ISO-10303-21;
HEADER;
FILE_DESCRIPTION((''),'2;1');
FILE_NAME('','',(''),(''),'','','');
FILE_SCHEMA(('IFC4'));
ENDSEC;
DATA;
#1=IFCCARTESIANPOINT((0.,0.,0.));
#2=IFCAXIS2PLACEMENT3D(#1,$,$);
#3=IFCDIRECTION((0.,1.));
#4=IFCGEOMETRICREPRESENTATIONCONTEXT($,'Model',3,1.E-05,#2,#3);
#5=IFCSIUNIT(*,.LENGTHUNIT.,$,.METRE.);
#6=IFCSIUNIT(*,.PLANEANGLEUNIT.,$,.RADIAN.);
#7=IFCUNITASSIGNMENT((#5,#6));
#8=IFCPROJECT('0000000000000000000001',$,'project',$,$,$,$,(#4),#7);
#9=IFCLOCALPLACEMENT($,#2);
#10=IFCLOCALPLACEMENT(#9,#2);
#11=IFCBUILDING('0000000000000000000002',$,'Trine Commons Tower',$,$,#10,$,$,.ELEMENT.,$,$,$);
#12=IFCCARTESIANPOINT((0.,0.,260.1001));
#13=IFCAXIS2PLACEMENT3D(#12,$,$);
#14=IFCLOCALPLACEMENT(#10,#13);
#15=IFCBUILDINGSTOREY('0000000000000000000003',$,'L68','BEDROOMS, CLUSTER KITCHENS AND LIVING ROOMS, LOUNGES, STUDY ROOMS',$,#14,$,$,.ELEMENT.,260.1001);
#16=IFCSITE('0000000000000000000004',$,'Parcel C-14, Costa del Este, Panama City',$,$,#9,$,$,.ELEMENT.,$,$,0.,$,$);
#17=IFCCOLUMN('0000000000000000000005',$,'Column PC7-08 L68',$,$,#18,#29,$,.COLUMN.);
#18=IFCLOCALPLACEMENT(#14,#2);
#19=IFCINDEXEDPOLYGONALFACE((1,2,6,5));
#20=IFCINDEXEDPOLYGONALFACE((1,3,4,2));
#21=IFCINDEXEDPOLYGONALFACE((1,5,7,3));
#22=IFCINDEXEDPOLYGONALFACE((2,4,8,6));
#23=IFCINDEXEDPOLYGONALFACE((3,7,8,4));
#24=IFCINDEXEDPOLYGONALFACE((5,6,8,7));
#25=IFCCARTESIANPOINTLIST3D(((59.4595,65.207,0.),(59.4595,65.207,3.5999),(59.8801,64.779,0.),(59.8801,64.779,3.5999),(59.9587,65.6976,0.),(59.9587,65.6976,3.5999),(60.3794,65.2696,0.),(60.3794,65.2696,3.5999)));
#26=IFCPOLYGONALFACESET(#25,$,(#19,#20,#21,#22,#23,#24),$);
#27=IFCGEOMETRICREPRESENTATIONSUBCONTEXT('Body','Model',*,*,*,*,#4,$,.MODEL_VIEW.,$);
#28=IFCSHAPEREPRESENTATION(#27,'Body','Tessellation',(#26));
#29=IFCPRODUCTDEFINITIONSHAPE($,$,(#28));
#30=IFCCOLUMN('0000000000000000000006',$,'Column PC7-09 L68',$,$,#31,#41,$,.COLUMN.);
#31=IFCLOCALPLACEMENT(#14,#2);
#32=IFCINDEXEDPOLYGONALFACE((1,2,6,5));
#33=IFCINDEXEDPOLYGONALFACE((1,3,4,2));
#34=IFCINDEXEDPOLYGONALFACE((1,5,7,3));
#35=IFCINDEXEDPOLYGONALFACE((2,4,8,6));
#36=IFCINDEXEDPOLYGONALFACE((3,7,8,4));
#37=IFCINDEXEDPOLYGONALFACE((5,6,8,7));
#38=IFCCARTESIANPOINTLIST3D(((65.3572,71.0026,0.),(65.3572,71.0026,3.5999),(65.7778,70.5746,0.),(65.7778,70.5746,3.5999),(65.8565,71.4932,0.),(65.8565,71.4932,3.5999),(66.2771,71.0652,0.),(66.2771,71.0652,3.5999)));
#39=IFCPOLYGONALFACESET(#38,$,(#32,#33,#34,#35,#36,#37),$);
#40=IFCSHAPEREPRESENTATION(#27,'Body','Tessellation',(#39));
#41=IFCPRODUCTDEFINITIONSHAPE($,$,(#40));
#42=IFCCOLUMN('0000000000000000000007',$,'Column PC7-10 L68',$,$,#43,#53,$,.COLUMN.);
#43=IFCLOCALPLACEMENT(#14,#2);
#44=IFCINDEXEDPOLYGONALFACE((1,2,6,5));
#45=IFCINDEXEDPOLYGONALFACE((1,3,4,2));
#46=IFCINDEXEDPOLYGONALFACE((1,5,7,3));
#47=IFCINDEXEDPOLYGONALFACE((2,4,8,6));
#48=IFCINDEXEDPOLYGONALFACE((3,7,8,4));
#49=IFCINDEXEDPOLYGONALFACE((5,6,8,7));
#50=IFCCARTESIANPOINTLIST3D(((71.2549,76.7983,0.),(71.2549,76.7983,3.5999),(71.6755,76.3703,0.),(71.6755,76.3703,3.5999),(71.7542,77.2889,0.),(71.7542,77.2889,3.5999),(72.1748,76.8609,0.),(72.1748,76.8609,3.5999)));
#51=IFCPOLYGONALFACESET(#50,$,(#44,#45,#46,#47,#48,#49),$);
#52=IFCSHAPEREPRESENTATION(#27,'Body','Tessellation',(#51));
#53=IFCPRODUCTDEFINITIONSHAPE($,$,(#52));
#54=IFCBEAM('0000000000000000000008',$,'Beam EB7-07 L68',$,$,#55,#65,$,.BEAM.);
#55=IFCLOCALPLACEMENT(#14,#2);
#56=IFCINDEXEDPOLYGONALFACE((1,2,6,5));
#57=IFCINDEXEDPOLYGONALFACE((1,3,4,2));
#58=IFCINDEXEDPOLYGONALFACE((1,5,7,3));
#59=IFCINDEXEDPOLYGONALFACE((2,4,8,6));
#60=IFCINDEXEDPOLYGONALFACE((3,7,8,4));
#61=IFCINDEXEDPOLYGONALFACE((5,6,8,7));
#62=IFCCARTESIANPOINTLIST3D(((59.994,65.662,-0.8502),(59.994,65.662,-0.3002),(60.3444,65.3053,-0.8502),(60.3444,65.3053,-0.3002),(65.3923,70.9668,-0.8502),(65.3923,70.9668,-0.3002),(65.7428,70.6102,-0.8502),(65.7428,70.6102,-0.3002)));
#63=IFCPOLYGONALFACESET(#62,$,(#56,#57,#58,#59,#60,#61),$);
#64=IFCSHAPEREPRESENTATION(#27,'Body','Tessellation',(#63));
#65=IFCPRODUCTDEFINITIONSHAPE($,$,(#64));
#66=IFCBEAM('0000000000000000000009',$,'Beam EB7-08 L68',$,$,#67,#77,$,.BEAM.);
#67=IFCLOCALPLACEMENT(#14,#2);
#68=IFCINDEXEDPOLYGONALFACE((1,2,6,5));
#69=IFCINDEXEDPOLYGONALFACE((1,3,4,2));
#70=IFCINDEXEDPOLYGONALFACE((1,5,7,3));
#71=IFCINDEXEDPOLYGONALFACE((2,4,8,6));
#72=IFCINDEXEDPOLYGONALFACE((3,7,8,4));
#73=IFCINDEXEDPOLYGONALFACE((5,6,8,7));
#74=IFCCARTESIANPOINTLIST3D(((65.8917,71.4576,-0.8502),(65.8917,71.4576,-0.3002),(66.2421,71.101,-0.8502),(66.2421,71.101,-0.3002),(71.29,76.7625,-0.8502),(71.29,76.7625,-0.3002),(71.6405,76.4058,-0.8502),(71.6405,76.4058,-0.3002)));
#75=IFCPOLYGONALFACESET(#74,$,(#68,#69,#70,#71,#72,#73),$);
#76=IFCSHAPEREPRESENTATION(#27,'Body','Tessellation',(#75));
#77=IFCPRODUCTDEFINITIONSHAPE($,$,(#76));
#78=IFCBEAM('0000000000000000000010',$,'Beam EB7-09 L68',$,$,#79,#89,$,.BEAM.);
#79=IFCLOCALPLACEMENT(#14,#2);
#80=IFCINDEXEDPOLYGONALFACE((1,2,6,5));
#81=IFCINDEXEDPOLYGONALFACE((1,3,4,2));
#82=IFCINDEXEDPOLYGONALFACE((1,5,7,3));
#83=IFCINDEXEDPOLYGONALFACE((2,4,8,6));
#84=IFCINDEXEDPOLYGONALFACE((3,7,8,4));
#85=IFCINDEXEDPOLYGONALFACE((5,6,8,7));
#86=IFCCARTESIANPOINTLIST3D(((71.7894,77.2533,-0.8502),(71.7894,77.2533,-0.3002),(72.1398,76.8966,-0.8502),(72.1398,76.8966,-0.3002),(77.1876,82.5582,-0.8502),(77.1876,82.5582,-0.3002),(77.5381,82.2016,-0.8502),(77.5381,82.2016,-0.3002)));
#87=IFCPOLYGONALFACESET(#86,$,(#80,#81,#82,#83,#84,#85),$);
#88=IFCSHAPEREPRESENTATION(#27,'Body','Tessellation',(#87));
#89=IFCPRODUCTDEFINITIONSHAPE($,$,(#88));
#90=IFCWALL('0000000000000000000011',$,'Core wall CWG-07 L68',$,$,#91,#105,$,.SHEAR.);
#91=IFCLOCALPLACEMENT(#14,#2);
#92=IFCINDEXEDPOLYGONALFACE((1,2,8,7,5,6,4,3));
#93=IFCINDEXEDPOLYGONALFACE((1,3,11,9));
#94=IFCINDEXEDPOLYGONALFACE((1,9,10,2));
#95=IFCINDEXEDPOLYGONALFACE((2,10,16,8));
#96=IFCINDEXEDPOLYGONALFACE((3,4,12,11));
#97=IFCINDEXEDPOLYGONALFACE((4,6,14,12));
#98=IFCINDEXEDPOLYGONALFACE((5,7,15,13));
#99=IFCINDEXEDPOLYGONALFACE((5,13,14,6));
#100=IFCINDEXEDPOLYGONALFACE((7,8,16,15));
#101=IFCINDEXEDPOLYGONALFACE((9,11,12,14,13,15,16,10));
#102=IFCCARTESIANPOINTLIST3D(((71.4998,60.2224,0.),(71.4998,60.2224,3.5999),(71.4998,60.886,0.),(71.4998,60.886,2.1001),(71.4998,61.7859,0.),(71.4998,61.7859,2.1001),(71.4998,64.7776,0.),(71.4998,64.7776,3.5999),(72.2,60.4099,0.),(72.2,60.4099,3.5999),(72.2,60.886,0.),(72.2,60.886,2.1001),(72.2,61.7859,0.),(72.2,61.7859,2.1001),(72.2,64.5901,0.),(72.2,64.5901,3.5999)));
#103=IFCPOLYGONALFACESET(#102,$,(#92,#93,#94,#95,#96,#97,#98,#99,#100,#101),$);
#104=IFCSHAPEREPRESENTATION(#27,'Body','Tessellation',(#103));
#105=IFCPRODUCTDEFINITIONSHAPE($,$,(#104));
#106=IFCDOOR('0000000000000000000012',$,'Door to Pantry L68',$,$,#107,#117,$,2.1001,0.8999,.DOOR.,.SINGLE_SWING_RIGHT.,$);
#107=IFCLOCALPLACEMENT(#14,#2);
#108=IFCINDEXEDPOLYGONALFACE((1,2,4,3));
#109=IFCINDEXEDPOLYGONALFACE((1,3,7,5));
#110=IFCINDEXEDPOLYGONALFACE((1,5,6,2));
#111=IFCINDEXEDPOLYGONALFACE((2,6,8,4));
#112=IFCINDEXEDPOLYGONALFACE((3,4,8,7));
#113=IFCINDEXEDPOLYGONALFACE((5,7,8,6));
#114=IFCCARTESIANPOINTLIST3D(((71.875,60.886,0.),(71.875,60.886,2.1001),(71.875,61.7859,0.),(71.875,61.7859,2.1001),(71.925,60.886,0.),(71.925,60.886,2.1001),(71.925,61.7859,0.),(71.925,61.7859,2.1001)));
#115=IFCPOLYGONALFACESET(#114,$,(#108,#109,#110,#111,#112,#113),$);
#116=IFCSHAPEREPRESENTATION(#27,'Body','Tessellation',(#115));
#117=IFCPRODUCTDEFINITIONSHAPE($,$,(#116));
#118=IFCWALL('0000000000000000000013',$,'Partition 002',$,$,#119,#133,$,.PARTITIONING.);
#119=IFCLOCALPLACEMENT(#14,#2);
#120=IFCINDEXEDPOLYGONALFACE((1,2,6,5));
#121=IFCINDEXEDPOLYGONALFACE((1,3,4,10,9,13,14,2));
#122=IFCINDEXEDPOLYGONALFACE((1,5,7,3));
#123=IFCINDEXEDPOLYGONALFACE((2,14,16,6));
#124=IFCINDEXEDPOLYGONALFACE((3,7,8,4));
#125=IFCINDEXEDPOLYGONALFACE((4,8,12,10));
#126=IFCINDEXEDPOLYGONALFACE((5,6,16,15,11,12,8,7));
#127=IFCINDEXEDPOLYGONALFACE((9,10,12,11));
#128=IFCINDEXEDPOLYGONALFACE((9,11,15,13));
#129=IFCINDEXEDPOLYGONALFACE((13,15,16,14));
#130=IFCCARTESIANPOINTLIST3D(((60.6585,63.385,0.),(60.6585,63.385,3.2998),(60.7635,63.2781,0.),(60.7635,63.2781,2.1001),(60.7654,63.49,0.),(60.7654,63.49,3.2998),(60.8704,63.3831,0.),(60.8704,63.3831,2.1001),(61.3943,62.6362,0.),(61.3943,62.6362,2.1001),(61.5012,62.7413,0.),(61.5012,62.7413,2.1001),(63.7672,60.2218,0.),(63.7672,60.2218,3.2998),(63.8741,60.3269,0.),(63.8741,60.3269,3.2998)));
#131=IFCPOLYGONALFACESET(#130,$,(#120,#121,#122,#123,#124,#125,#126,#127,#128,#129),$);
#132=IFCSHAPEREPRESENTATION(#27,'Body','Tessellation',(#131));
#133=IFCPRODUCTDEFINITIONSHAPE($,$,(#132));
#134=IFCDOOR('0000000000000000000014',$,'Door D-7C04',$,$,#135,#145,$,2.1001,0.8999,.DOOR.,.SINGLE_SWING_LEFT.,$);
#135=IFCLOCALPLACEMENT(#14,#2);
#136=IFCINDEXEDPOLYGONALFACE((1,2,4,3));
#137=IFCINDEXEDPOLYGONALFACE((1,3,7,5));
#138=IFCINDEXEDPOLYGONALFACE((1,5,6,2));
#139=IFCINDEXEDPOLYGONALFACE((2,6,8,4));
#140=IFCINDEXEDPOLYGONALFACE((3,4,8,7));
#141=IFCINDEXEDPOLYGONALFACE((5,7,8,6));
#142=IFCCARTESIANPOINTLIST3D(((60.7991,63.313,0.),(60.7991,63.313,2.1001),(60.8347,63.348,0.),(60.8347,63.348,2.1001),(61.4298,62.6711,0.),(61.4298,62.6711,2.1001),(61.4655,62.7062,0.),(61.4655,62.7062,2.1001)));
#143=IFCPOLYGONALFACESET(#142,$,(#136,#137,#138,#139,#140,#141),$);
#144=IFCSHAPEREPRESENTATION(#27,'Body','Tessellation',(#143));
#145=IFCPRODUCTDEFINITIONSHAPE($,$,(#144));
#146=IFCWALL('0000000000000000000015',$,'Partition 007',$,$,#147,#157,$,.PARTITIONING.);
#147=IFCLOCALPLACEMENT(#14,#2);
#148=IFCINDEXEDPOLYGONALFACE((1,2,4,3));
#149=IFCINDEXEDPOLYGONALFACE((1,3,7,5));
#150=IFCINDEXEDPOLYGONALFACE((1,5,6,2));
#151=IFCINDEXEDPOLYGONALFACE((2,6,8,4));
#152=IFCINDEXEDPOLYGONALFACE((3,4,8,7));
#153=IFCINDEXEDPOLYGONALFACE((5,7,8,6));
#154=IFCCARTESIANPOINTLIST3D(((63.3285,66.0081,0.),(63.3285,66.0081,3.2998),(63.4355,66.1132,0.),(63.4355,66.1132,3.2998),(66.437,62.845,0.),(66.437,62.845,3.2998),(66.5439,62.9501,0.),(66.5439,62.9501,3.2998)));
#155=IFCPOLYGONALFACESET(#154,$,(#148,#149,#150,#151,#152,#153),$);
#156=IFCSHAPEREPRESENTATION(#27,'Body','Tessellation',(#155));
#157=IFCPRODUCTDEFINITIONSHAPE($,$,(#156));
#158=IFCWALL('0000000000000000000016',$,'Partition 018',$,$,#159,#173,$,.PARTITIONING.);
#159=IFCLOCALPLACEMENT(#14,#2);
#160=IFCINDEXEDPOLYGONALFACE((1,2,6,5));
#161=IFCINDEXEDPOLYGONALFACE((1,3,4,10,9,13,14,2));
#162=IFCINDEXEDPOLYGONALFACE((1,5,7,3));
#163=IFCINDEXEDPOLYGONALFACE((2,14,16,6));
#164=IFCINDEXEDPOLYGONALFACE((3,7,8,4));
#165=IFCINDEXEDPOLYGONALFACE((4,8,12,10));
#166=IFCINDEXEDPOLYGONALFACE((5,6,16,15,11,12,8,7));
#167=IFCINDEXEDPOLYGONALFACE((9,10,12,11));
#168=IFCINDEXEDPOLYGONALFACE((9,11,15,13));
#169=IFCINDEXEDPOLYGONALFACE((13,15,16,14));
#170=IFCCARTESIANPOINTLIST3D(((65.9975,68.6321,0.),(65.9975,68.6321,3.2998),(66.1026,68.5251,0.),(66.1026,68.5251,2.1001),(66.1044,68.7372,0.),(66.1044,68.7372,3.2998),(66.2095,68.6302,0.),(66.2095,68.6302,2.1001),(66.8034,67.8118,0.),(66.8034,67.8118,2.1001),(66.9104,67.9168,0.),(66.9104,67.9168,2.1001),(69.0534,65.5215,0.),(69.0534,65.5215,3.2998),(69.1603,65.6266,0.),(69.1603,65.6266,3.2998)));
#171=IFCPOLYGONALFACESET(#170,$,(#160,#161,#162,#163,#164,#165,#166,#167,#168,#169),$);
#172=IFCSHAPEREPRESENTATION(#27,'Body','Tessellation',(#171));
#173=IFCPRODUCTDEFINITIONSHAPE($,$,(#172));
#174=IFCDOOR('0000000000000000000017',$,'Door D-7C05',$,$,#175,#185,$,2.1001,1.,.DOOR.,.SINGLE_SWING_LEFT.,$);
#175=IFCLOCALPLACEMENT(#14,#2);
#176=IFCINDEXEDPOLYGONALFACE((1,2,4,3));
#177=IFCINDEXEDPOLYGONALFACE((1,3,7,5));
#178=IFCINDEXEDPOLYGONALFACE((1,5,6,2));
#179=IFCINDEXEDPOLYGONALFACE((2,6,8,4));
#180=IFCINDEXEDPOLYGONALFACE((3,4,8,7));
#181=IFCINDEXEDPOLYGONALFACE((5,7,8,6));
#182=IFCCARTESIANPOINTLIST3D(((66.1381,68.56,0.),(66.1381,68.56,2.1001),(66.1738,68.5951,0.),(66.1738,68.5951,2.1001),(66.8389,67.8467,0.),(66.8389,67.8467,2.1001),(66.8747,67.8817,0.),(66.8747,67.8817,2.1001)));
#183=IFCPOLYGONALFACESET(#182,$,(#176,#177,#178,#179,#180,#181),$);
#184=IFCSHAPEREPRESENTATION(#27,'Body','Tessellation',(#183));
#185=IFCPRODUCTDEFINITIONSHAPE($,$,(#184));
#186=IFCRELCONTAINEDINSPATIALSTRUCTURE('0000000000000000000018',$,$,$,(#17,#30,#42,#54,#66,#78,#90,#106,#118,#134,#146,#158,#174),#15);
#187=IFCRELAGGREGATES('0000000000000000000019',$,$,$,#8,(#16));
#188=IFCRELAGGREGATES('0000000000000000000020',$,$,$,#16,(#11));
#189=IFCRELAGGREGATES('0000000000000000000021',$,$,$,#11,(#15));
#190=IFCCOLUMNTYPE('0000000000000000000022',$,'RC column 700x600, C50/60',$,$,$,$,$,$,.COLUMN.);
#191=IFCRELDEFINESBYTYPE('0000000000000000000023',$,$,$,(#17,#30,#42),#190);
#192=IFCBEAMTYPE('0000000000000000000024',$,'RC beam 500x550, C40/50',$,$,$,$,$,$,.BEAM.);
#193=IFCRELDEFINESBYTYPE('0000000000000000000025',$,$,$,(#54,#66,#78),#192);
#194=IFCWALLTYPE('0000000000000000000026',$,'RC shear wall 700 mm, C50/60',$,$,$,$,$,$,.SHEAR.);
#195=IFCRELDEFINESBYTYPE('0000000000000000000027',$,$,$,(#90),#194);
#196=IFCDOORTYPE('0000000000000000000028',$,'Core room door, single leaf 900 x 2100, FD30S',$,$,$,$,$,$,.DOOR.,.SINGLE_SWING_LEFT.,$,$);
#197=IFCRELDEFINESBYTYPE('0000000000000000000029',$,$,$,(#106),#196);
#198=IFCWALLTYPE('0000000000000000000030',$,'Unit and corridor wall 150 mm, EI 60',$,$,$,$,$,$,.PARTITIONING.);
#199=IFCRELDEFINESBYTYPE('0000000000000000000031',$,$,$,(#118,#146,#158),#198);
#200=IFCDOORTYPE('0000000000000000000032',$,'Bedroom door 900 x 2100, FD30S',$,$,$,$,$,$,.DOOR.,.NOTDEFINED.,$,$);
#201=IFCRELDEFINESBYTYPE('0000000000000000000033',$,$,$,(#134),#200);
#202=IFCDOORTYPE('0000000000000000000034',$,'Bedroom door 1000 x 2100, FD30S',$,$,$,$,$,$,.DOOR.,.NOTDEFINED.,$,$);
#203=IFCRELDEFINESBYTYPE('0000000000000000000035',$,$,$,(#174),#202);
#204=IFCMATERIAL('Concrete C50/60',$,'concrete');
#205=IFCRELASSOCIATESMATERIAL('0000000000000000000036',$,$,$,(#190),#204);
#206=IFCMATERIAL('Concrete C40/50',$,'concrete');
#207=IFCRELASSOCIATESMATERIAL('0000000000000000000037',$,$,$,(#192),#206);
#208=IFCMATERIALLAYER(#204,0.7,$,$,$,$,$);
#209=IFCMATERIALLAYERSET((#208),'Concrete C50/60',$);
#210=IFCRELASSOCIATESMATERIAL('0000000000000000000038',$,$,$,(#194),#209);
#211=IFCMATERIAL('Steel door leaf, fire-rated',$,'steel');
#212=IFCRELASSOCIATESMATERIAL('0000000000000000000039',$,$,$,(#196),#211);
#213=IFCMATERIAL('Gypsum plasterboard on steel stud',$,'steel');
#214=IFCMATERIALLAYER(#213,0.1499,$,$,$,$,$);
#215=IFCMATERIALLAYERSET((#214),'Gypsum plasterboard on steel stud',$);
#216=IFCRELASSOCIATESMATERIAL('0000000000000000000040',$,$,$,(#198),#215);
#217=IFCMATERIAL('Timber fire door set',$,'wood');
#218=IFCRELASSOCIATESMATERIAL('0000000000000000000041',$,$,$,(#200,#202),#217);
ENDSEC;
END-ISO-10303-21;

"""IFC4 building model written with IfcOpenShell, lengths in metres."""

from ifc_helpers import new_model, si_unit, direction, frame, frame_2d, origin, origin_2d, place, context, subcontext, project, spatial, polyline, rectangle, outline, extrude, material, layer, layer_set, material_profile, profile_set, type_object, element, fill, save


model = new_model("IFC4")

# Units and contexts
model_context = context("Model", 3, precision=1e-05, world=origin(), true_north=direction((0.0, 1.0)))
body_context = subcontext(model_context, "Body", "Model", "MODEL_VIEW")
ifc_project = project(units=[si_unit("LENGTHUNIT", "METRE"), si_unit("PLANEANGLEUNIT", "RADIAN")], contexts=[model_context])

# Site, building, storey
site_placement = place(None, origin())
site = spatial("IfcSite", under=ifc_project, at=site_placement, Name="Parcel C-14, Costa del Este, Panama City", CompositionType="ELEMENT", RefElevation=0.0)
building_placement = place(site_placement, origin())
building = spatial("IfcBuilding", under=site, at=building_placement, Name="Trine Commons Tower", CompositionType="ELEMENT")
storey_placement = place(building_placement, frame((0.0, 0.0, 260.1001)))
storey = spatial("IfcBuildingStorey", under=building, at=storey_placement, Name="L68", Description="BEDROOMS, CLUSTER KITCHENS AND LIVING ROOMS, LOUNGES, STUDY ROOMS", CompositionType="ELEMENT", Elevation=260.1001)

# Columns
ifc_material_1 = material(Name="Concrete C50/60", Category="concrete")
ifc_material_profile_1 = material_profile(ifc_material_1, rectangle(XDim=0.7, YDim=0.6001, at=origin_2d()), Name="RC 700x600")
ifc_profile_set_1 = profile_set([ifc_material_profile_1], Name="Concrete C50/60")
column_type = type_object("IfcColumnType", Name="RC column 700x600, C50/60", PredefinedType="COLUMN", material=ifc_profile_set_1)
for number, where, z_axis, x_axis, name in (
    (1, (59.9194, 65.2383, 0.0), (0.0, 0.0, 1.0), (0.71325, 0.700909, 0.0), "Column PC7-08 L68"),
    (2, (65.8171, 71.0339, 0.0), (0.0, 0.0, 1.0), (0.71325, 0.700909, 0.0), "Column PC7-09 L68"),
    (3, (71.7148, 76.8296, 0.0), (0.0, 0.0, 1.0), (0.71325, 0.700909, 0.0), "Column PC7-10 L68"),
):
    element("IfcColumn", number, at=place(storey_placement, frame(where, z_axis=z_axis, x_axis=x_axis)), inside=storey, type_object=column_type, Name=name, PredefinedType="COLUMN", context=body_context, shape_type="SweptSolid", body=[
        extrude(rectangle(XDim=0.7, YDim=0.6001, at=origin_2d()), origin(), (0.0, 0.0, 1.0), 3.5999),
    ])

# Beams
ifc_material_2 = material(Name="Concrete C40/50", Category="concrete")
ifc_material_profile_2 = material_profile(ifc_material_2, rectangle(XDim=0.5, YDim=0.55, at=origin_2d()), Name="RC 500x550")
ifc_profile_set_2 = profile_set([ifc_material_profile_2], Name="Concrete C40/50")
beam_type = type_object("IfcBeamType", Name="RC beam 500x550, C40/50", PredefinedType="BEAM", material=ifc_profile_set_2)
for number, where, z_axis, x_axis, name in (
    (4, (60.1692, 65.4836, -0.5752), (0.713257, 0.700903, 0.0), (-0.700903, 0.713257, 0.0), "Beam EB7-07 L68"),
    (5, (66.0669, 71.2793, -0.5752), (0.713257, 0.700903, 0.0), (-0.700903, 0.713257, 0.0), "Beam EB7-08 L68"),
    (6, (71.9646, 77.075, -0.5752), (0.713241, 0.700919, 0.0), (-0.700919, 0.713241, 0.0), "Beam EB7-09 L68"),
):
    element("IfcBeam", number, at=place(storey_placement, frame(where, z_axis=z_axis, x_axis=x_axis)), inside=storey, type_object=beam_type, Name=name, PredefinedType="BEAM", context=body_context, shape_type="SweptSolid", body=[
        extrude(rectangle(XDim=0.5, YDim=0.55, at=origin_2d()), origin(), (0.0, 0.0, 1.0), 7.5686),
    ])

# Walls, openings, doors
ifc_layer_1 = layer(ifc_material_1, 0.7)
ifc_layer_set_1 = layer_set([ifc_layer_1], Name="Concrete C50/60")
wall_type_1 = type_object("IfcWallType", Name="RC shear wall 700 mm, C50/60", PredefinedType="SHEAR", material=ifc_layer_set_1)
wall_1_placement = place(storey_placement, frame((71.8499, 64.7776, 0.0), z_axis=(0.0, 0.0, 1.0), x_axis=(0.0, -1.0, 0.0)))
wall_1 = element("IfcWall", 7, at=wall_1_placement, inside=storey, type_object=wall_type_1, Name="Core wall CWG-07 L68", PredefinedType="SHEAR", context=body_context, shape_type="SweptSolid", body=[
    extrude(outline(polyline([(0.0, -0.3501), (4.5552, -0.3501), (4.3677, 0.3501), (0.1875, 0.3501), (0.0, -0.3501)])), origin(), (0.0, 0.0, 1.0), 3.5999),
])
opening_1_placement = place(wall_1_placement, frame((2.9917, 0.0, 0.0)))
opening_1 = element("IfcOpeningElement", 8, at=opening_1_placement, cuts=wall_1, PredefinedType="OPENING", context=body_context, shape_type="SweptSolid", body=[
    extrude(rectangle(XDim=0.8999, YDim=2.1001, at=frame_2d((0.45, 1.05))), frame((0.0, 0.3599, 0.0), z_axis=(0.0, -1.0, 0.0), x_axis=(1.0, 0.0, 0.0)), (0.0, 0.0, 1.0), 0.72),
])
ifc_material_3 = material(Name="Steel door leaf, fire-rated", Category="steel")
door_type_1 = type_object("IfcDoorType", Name="Core room door, single leaf 900 x 2100, FD30S", OperationType="SINGLE_SWING_LEFT", PredefinedType="DOOR", material=ifc_material_3)
door_1_placement = place(opening_1_placement, origin())
door_1 = element("IfcDoor", 9, at=door_1_placement, inside=storey, type_object=door_type_1, Name="Door to Pantry L68", OperationType="SINGLE_SWING_RIGHT", OverallHeight=2.1001, OverallWidth=0.8999, PredefinedType="DOOR", context=body_context, shape_type="SweptSolid", body=[
    extrude(rectangle(XDim=0.8999, YDim=2.1001, at=frame_2d((0.45, 1.05))), frame((0.0, 0.0752, 0.0), z_axis=(0.0, -1.0, 0.0), x_axis=(1.0, 0.0, 0.0)), (0.0, 0.0, 1.0), 0.05),
])
fill(opening_1, door_1)
ifc_material_4 = material(Name="Gypsum plasterboard on steel stud", Category="steel")
ifc_layer_2 = layer(ifc_material_4, 0.1499)
ifc_layer_set_2 = layer_set([ifc_layer_2], Name="Gypsum plasterboard on steel stud")
wall_type_2 = type_object("IfcWallType", Name="Unit and corridor wall 150 mm, EI 60", PredefinedType="PARTITIONING", material=ifc_layer_set_2)
wall_2_placement = place(storey_placement, frame((60.7119, 63.4375, 0.0), z_axis=(0.0, 0.0, 1.0), x_axis=(0.700942, -0.713218, 0.0)))
wall_2 = element("IfcWall", 10, at=wall_2_placement, inside=storey, type_object=wall_type_2, Name="Partition 002", PredefinedType="PARTITIONING", context=body_context, shape_type="SweptSolid", body=[
    extrude(rectangle(XDim=4.4351, YDim=0.1499, at=frame_2d((2.2175, 0.0))), origin(), (0.0, 0.0, 1.0), 3.2998),
])
opening_2_placement = place(wall_2_placement, frame((0.1499, 0.0, 0.0)))
opening_2 = element("IfcOpeningElement", 11, at=opening_2_placement, cuts=wall_2, PredefinedType="OPENING", context=body_context, shape_type="SweptSolid", body=[
    extrude(rectangle(XDim=0.8999, YDim=2.1001, at=frame_2d((0.45, 1.05))), frame((0.0, 0.085, 0.0), z_axis=(0.0, -1.0, 0.0), x_axis=(1.0, 0.0, 0.0)), (0.0, 0.0, 1.0), 0.1699),
])
ifc_material_5 = material(Name="Timber fire door set", Category="wood")
door_type_2 = type_object("IfcDoorType", Name="Bedroom door 900 x 2100, FD30S", OperationType="NOTDEFINED", PredefinedType="DOOR", material=ifc_material_5)
door_2_placement = place(opening_2_placement, origin())
door_2 = element("IfcDoor", 12, at=door_2_placement, inside=storey, type_object=door_type_2, Name="Door D-7C04", OperationType="SINGLE_SWING_LEFT", OverallHeight=2.1001, OverallWidth=0.8999, PredefinedType="DOOR", context=body_context, shape_type="SweptSolid", body=[
    extrude(rectangle(XDim=0.8999, YDim=2.1001, at=frame_2d((0.45, 1.05))), frame((0.0, 0.0249, 0.0), z_axis=(0.0, -1.0, 0.0), x_axis=(1.0, 0.0, 0.0)), (0.0, 0.0, 1.0), 0.05),
])
fill(opening_2, door_2)

# Wall
wall_3_placement = place(storey_placement, frame((63.3821, 66.0605, 0.0), z_axis=(0.0, 0.0, 1.0), x_axis=(0.700914, -0.713246, 0.0)))
element("IfcWall", 13, at=wall_3_placement, inside=storey, type_object=wall_type_2, Name="Partition 007", PredefinedType="PARTITIONING", context=body_context, shape_type="SweptSolid", body=[
    extrude(rectangle(XDim=4.4348, YDim=0.1499, at=frame_2d((2.2173, 0.0))), origin(), (0.0, 0.0, 1.0), 3.2998),
])

# Wall, opening, door
wall_4_placement = place(storey_placement, frame((66.051, 68.6846, 0.0), z_axis=(0.0, 0.0, 1.0), x_axis=(0.700808, -0.71335, 0.0)))
wall_4 = element("IfcWall", 14, at=wall_4_placement, inside=storey, type_object=wall_type_2, Name="Partition 018", PredefinedType="PARTITIONING", context=body_context, shape_type="SweptSolid", body=[
    extrude(rectangle(XDim=4.3606, YDim=0.1499, at=frame_2d((2.1802, 0.0))), origin(), (0.0, 0.0, 1.0), 3.2998),
])
opening_3_placement = place(wall_4_placement, frame((0.1499, 0.0, 0.0)))
opening_3 = element("IfcOpeningElement", 15, at=opening_3_placement, cuts=wall_4, PredefinedType="OPENING", context=body_context, shape_type="SweptSolid", body=[
    extrude(rectangle(XDim=1.0, YDim=2.1001, at=frame_2d((0.5, 1.05))), frame((0.0, 0.085, 0.0), z_axis=(0.0, -1.0, 0.0), x_axis=(1.0, 0.0, 0.0)), (0.0, 0.0, 1.0), 0.1699),
])
door_type_3 = type_object("IfcDoorType", Name="Bedroom door 1000 x 2100, FD30S", OperationType="NOTDEFINED", PredefinedType="DOOR", material=ifc_material_5)
door_3_placement = place(opening_3_placement, origin())
door_3 = element("IfcDoor", 16, at=door_3_placement, inside=storey, type_object=door_type_3, Name="Door D-7C05", OperationType="SINGLE_SWING_LEFT", OverallHeight=2.1001, OverallWidth=1.0, PredefinedType="DOOR", context=body_context, shape_type="SweptSolid", body=[
    extrude(rectangle(XDim=1.0, YDim=2.1001, at=frame_2d((0.5, 1.05))), frame((0.0, 0.0249, 0.0), z_axis=(0.0, -1.0, 0.0), x_axis=(1.0, 0.0, 0.0)), (0.0, 0.0, 1.0), 0.05),
])
fill(opening_3, door_3)

save(model, "model.ifc")
